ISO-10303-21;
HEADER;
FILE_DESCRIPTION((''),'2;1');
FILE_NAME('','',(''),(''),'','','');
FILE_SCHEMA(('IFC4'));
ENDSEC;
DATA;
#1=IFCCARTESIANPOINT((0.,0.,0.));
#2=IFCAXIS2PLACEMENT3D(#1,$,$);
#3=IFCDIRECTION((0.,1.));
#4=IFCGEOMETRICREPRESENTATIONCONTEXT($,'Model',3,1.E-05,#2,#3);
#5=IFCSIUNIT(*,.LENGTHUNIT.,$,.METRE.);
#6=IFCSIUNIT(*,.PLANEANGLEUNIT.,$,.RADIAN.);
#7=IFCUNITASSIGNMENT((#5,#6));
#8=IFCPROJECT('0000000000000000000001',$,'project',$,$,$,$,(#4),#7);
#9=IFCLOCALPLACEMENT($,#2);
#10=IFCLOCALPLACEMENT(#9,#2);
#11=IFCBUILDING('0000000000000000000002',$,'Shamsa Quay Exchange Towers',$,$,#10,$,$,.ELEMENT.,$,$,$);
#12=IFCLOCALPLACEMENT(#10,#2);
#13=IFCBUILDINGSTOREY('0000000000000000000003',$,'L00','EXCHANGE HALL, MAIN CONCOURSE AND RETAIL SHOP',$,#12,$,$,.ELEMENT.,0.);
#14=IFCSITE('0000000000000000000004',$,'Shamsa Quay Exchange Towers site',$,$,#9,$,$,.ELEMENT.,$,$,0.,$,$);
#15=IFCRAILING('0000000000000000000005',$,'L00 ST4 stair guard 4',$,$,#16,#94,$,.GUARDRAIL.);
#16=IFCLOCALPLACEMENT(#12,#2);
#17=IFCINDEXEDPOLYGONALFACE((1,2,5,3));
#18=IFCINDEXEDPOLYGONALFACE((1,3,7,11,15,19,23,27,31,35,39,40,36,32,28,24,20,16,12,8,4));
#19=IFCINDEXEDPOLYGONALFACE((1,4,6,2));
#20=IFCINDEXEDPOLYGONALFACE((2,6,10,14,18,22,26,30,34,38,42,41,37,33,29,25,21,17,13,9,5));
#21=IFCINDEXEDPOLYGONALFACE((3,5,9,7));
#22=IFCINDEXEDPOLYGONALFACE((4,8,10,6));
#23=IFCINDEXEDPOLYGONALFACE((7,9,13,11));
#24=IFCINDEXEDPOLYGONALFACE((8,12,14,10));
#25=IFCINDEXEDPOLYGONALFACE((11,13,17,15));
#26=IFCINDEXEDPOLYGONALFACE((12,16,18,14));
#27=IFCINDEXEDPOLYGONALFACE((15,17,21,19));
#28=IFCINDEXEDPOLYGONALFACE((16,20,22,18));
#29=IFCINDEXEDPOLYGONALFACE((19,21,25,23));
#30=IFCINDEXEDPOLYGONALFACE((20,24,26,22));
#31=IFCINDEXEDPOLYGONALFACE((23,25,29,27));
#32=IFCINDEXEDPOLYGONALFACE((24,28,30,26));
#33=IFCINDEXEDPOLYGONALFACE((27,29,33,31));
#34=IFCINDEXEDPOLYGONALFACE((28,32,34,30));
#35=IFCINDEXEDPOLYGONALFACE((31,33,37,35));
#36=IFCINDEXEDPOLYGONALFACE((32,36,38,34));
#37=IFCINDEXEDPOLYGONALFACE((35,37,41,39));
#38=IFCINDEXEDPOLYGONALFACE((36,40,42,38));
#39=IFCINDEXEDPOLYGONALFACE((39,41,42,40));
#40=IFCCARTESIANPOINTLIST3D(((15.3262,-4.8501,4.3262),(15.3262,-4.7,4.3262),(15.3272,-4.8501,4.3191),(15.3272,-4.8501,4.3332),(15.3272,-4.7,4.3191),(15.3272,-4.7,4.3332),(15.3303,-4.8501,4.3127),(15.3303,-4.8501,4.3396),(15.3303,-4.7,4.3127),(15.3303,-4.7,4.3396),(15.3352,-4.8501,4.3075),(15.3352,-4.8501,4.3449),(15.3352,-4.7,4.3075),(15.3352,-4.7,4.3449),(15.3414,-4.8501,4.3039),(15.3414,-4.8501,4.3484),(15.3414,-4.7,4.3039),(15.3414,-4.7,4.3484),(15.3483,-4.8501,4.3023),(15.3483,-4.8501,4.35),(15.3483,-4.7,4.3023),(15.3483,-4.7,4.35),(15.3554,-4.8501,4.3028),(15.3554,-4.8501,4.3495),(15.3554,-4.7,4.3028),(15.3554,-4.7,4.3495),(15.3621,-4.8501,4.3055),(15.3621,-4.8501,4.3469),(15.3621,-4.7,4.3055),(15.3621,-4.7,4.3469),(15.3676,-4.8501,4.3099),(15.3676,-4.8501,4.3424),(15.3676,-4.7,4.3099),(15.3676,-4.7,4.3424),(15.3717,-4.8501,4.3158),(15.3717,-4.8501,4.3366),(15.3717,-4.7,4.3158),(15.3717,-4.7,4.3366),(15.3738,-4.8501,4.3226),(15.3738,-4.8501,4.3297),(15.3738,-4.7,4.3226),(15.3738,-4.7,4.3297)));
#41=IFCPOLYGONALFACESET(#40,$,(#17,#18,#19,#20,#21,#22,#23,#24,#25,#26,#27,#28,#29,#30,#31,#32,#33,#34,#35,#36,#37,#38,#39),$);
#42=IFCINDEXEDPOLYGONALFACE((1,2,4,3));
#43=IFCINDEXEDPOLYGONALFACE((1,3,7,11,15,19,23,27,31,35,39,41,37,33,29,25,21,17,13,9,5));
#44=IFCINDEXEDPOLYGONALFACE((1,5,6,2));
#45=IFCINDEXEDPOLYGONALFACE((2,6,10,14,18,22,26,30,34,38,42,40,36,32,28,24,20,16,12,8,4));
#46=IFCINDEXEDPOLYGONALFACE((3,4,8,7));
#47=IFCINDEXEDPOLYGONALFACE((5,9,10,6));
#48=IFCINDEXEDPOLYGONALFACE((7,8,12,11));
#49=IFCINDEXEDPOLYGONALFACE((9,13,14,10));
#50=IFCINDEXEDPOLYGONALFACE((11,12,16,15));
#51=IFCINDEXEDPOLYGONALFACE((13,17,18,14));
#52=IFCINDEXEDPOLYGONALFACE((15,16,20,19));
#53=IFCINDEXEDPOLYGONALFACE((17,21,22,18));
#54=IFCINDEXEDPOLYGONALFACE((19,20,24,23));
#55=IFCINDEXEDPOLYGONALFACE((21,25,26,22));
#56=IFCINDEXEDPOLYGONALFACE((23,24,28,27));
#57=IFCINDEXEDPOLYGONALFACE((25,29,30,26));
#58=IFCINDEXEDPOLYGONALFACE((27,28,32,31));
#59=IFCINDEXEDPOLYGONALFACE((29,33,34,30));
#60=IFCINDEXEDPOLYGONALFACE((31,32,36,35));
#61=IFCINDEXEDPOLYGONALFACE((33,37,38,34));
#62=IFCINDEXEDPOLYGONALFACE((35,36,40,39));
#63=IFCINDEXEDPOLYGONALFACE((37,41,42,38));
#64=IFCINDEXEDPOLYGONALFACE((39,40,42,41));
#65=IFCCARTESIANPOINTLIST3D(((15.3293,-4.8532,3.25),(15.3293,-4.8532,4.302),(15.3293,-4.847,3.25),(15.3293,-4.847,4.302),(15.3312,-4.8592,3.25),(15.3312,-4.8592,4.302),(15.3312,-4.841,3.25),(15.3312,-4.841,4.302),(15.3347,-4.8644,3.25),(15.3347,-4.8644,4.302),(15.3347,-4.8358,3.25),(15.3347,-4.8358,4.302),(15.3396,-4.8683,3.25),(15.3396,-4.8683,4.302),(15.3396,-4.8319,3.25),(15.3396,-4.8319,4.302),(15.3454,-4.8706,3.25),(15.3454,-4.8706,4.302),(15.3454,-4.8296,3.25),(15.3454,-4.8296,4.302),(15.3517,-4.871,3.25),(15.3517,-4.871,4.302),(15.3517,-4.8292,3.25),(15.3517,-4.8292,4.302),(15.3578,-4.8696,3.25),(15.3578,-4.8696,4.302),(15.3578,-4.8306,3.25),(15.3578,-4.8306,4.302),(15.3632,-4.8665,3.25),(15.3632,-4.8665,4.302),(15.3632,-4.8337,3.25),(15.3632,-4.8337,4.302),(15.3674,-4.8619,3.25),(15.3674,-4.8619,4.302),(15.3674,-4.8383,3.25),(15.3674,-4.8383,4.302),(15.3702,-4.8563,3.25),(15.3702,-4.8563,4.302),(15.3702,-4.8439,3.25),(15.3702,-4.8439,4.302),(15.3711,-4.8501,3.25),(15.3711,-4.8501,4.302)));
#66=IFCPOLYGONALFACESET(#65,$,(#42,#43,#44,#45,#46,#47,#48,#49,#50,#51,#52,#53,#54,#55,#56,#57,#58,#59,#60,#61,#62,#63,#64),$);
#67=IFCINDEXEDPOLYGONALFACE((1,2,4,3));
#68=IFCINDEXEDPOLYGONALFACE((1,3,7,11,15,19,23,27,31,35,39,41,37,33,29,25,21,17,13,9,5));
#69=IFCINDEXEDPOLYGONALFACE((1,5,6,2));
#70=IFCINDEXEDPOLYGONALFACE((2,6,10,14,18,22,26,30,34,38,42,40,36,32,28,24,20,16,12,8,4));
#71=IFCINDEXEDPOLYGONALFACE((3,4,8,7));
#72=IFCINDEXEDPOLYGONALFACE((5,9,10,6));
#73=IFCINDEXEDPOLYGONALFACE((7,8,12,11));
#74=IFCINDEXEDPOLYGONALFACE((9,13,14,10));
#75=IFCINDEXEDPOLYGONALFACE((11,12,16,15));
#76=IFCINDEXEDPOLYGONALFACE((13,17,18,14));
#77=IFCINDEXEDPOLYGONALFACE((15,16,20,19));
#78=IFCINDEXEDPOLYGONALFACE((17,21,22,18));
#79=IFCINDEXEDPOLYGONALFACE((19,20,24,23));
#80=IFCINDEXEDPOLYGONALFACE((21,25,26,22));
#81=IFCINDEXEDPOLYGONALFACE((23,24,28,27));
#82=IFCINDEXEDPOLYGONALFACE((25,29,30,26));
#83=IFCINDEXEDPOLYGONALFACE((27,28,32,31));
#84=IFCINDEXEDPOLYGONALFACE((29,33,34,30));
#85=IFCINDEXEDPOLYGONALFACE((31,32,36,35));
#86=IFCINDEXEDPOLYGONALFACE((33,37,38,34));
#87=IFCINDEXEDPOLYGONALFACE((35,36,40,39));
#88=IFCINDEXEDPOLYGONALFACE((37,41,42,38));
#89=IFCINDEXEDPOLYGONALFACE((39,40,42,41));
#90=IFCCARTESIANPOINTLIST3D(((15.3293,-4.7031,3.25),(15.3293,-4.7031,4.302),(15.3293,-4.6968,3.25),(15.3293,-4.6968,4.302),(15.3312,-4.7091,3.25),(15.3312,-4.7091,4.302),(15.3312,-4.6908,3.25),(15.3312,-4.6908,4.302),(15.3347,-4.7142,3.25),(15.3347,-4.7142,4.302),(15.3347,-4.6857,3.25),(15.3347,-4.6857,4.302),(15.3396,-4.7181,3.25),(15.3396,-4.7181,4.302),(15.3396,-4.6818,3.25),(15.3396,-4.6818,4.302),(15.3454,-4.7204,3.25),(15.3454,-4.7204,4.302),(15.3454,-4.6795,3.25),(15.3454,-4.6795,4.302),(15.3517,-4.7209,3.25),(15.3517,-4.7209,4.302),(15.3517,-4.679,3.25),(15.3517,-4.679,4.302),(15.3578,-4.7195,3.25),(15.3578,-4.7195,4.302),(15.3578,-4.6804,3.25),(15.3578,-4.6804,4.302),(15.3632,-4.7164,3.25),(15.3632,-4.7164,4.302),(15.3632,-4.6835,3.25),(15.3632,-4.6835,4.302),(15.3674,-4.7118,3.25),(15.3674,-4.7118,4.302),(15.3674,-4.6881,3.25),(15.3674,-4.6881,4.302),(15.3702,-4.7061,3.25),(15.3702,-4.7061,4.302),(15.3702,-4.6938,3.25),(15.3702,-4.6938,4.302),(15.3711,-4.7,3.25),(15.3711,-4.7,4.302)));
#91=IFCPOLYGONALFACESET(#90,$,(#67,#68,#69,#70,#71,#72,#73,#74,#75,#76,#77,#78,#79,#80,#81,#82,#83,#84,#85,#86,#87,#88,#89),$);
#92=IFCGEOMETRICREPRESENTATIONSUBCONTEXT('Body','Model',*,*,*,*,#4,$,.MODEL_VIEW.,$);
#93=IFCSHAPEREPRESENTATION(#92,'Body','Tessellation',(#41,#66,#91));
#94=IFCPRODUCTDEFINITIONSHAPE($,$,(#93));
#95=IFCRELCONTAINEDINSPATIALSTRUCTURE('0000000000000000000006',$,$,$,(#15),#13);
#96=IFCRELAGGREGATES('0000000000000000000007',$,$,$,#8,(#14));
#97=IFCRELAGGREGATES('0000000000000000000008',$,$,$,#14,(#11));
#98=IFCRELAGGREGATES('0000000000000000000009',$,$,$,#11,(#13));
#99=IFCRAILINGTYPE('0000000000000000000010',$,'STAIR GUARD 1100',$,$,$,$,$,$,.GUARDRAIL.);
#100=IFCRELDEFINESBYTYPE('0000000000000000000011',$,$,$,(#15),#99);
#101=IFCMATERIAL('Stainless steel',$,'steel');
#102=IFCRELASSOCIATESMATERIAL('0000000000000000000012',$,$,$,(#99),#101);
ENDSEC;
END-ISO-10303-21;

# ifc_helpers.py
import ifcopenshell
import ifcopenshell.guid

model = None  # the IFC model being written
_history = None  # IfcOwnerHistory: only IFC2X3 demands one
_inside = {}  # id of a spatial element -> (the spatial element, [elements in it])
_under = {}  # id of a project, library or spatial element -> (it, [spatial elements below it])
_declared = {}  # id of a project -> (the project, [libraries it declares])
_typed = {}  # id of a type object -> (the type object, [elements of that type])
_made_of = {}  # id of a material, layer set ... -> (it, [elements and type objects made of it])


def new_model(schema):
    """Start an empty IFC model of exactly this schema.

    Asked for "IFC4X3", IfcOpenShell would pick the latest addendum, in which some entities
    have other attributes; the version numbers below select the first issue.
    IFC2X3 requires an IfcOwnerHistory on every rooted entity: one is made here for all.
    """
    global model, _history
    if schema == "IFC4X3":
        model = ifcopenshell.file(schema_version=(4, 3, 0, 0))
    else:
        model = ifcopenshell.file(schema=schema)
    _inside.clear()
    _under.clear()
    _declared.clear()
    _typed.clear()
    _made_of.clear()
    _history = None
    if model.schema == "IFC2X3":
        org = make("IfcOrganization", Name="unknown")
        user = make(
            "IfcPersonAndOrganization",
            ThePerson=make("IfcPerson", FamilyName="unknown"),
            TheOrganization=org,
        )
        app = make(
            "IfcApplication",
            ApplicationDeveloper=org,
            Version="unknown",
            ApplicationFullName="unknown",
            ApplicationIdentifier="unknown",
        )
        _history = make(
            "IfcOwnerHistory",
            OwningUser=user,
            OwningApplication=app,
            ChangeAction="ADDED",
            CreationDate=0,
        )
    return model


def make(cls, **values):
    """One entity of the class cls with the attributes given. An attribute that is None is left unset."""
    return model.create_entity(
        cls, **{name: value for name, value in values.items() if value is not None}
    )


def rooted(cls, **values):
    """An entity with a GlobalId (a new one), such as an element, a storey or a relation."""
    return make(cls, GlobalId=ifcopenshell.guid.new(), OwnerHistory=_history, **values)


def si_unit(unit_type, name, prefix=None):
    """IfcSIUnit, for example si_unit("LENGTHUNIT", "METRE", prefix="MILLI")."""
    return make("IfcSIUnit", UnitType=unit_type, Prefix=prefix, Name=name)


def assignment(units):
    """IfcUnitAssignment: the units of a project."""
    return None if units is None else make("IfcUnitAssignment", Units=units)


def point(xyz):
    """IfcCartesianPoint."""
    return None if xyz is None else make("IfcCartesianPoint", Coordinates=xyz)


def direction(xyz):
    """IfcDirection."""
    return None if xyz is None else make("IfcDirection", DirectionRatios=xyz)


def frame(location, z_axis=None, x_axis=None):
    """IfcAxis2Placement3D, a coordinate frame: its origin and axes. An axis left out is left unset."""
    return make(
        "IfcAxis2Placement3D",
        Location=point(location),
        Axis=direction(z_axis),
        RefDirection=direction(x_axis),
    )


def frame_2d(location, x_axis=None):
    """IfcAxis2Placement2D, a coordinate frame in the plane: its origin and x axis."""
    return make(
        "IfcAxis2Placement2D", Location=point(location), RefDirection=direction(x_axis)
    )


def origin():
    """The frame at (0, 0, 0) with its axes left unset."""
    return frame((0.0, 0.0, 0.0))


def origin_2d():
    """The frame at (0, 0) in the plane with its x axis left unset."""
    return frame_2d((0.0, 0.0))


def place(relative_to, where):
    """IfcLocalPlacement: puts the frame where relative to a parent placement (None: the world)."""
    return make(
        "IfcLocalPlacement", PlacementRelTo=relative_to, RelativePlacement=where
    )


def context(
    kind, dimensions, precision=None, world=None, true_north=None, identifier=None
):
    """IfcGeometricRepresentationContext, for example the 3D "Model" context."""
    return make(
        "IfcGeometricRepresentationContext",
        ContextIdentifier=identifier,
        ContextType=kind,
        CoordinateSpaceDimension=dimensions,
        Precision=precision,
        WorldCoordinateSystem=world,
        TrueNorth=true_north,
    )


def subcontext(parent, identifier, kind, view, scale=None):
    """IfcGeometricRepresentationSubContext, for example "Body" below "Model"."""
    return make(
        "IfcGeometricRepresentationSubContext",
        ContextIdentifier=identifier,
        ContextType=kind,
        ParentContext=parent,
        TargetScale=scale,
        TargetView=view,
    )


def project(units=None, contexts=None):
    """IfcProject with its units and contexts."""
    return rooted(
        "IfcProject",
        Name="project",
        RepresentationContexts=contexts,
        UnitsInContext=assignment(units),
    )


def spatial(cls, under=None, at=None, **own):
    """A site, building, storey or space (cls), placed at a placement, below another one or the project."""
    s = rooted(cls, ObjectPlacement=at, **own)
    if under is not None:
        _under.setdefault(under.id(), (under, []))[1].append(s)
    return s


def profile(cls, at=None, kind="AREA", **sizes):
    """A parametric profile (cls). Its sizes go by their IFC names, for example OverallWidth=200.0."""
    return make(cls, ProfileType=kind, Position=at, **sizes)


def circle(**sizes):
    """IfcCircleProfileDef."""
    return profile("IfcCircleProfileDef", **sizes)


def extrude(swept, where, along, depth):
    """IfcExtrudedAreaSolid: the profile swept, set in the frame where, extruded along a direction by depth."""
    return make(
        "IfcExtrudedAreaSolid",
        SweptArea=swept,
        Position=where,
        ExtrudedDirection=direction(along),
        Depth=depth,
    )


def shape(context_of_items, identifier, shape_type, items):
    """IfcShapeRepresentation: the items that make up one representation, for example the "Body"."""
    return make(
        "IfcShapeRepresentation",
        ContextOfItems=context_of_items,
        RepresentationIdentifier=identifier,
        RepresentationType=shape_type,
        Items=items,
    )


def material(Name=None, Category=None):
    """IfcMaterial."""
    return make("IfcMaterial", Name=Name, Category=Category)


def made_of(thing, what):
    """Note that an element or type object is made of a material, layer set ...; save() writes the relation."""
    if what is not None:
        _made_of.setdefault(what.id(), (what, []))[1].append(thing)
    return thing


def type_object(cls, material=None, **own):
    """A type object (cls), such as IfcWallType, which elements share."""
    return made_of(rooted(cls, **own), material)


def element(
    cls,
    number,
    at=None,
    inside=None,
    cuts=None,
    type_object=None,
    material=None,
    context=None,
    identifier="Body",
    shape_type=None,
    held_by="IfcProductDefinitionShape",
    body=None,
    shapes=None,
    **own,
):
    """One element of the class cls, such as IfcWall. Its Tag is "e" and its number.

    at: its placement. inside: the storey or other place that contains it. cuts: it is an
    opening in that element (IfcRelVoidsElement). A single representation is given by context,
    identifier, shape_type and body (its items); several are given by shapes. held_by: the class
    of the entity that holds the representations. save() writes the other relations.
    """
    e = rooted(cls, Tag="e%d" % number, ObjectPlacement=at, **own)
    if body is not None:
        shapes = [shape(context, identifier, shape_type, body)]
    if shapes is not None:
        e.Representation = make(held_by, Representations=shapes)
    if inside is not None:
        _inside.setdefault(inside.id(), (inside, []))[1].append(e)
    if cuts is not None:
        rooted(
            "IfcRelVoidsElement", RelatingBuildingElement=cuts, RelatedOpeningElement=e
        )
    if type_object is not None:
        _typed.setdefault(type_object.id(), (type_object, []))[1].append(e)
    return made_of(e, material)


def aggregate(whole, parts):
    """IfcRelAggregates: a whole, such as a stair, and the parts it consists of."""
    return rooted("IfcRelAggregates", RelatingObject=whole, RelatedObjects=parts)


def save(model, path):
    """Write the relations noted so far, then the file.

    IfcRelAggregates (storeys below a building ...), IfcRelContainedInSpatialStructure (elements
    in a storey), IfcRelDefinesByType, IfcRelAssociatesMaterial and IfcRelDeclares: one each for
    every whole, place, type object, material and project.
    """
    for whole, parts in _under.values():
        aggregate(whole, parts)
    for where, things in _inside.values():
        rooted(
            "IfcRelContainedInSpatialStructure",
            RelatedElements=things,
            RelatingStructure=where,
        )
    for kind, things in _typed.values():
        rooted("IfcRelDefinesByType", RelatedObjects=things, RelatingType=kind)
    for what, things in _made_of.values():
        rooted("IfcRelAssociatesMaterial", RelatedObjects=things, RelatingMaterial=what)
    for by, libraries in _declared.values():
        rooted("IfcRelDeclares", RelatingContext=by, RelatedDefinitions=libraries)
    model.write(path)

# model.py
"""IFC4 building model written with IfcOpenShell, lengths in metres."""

from ifc_helpers import new_model, si_unit, direction, frame, origin, origin_2d, place, context, subcontext, project, spatial, circle, extrude, material, type_object, element, save


model = new_model("IFC4")

# Units and contexts
model_context = context("Model", 3, precision=1e-05, world=origin(), true_north=direction((0.0, 1.0)))
body_context = subcontext(model_context, "Body", "Model", "MODEL_VIEW")
ifc_project = project(units=[si_unit("LENGTHUNIT", "METRE"), si_unit("PLANEANGLEUNIT", "RADIAN")], contexts=[model_context])

# Site, building, storey
site_placement = place(None, origin())
site = spatial("IfcSite", under=ifc_project, at=site_placement, Name="Shamsa Quay Exchange Towers site", CompositionType="ELEMENT", RefElevation=0.0)
building_placement = place(site_placement, origin())
building = spatial("IfcBuilding", under=site, at=building_placement, Name="Shamsa Quay Exchange Towers", CompositionType="ELEMENT")
storey_placement = place(building_placement, origin())
storey = spatial("IfcBuildingStorey", under=building, at=storey_placement, Name="L00", Description="EXCHANGE HALL, MAIN CONCOURSE AND RETAIL SHOP", CompositionType="ELEMENT", Elevation=0.0)

# Railing
ifc_material_1 = material(Name="Stainless steel", Category="steel")
railing_type_1 = type_object("IfcRailingType", Name="STAIR GUARD 1100", PredefinedType="GUARDRAIL", material=ifc_material_1)
railing_1_placement = place(storey_placement, frame((15.3501, -4.8501, 3.25)))
element("IfcRailing", 1, at=railing_1_placement, inside=storey, type_object=railing_type_1, Name="L00 ST4 stair guard 4", PredefinedType="GUARDRAIL", context=body_context, shape_type="SweptSolid", body=[
    extrude(circle(Radius=0.0239, at=origin_2d()), frame((0.0, 0.0, 1.0762), z_axis=(0.0, 1.0, 0.0), x_axis=(-1.0, 0.0, 0.0)), (0.0, 0.0, 1.0), 0.1501),
    extrude(circle(Radius=0.021, at=origin_2d()), origin(), (0.0, 0.0, 1.0), 1.052),
    extrude(circle(Radius=0.021, at=origin_2d()), frame((0.0, 0.1501, 0.0)), (0.0, 0.0, 1.0), 1.052),
])

save(model, "model.ifc")
